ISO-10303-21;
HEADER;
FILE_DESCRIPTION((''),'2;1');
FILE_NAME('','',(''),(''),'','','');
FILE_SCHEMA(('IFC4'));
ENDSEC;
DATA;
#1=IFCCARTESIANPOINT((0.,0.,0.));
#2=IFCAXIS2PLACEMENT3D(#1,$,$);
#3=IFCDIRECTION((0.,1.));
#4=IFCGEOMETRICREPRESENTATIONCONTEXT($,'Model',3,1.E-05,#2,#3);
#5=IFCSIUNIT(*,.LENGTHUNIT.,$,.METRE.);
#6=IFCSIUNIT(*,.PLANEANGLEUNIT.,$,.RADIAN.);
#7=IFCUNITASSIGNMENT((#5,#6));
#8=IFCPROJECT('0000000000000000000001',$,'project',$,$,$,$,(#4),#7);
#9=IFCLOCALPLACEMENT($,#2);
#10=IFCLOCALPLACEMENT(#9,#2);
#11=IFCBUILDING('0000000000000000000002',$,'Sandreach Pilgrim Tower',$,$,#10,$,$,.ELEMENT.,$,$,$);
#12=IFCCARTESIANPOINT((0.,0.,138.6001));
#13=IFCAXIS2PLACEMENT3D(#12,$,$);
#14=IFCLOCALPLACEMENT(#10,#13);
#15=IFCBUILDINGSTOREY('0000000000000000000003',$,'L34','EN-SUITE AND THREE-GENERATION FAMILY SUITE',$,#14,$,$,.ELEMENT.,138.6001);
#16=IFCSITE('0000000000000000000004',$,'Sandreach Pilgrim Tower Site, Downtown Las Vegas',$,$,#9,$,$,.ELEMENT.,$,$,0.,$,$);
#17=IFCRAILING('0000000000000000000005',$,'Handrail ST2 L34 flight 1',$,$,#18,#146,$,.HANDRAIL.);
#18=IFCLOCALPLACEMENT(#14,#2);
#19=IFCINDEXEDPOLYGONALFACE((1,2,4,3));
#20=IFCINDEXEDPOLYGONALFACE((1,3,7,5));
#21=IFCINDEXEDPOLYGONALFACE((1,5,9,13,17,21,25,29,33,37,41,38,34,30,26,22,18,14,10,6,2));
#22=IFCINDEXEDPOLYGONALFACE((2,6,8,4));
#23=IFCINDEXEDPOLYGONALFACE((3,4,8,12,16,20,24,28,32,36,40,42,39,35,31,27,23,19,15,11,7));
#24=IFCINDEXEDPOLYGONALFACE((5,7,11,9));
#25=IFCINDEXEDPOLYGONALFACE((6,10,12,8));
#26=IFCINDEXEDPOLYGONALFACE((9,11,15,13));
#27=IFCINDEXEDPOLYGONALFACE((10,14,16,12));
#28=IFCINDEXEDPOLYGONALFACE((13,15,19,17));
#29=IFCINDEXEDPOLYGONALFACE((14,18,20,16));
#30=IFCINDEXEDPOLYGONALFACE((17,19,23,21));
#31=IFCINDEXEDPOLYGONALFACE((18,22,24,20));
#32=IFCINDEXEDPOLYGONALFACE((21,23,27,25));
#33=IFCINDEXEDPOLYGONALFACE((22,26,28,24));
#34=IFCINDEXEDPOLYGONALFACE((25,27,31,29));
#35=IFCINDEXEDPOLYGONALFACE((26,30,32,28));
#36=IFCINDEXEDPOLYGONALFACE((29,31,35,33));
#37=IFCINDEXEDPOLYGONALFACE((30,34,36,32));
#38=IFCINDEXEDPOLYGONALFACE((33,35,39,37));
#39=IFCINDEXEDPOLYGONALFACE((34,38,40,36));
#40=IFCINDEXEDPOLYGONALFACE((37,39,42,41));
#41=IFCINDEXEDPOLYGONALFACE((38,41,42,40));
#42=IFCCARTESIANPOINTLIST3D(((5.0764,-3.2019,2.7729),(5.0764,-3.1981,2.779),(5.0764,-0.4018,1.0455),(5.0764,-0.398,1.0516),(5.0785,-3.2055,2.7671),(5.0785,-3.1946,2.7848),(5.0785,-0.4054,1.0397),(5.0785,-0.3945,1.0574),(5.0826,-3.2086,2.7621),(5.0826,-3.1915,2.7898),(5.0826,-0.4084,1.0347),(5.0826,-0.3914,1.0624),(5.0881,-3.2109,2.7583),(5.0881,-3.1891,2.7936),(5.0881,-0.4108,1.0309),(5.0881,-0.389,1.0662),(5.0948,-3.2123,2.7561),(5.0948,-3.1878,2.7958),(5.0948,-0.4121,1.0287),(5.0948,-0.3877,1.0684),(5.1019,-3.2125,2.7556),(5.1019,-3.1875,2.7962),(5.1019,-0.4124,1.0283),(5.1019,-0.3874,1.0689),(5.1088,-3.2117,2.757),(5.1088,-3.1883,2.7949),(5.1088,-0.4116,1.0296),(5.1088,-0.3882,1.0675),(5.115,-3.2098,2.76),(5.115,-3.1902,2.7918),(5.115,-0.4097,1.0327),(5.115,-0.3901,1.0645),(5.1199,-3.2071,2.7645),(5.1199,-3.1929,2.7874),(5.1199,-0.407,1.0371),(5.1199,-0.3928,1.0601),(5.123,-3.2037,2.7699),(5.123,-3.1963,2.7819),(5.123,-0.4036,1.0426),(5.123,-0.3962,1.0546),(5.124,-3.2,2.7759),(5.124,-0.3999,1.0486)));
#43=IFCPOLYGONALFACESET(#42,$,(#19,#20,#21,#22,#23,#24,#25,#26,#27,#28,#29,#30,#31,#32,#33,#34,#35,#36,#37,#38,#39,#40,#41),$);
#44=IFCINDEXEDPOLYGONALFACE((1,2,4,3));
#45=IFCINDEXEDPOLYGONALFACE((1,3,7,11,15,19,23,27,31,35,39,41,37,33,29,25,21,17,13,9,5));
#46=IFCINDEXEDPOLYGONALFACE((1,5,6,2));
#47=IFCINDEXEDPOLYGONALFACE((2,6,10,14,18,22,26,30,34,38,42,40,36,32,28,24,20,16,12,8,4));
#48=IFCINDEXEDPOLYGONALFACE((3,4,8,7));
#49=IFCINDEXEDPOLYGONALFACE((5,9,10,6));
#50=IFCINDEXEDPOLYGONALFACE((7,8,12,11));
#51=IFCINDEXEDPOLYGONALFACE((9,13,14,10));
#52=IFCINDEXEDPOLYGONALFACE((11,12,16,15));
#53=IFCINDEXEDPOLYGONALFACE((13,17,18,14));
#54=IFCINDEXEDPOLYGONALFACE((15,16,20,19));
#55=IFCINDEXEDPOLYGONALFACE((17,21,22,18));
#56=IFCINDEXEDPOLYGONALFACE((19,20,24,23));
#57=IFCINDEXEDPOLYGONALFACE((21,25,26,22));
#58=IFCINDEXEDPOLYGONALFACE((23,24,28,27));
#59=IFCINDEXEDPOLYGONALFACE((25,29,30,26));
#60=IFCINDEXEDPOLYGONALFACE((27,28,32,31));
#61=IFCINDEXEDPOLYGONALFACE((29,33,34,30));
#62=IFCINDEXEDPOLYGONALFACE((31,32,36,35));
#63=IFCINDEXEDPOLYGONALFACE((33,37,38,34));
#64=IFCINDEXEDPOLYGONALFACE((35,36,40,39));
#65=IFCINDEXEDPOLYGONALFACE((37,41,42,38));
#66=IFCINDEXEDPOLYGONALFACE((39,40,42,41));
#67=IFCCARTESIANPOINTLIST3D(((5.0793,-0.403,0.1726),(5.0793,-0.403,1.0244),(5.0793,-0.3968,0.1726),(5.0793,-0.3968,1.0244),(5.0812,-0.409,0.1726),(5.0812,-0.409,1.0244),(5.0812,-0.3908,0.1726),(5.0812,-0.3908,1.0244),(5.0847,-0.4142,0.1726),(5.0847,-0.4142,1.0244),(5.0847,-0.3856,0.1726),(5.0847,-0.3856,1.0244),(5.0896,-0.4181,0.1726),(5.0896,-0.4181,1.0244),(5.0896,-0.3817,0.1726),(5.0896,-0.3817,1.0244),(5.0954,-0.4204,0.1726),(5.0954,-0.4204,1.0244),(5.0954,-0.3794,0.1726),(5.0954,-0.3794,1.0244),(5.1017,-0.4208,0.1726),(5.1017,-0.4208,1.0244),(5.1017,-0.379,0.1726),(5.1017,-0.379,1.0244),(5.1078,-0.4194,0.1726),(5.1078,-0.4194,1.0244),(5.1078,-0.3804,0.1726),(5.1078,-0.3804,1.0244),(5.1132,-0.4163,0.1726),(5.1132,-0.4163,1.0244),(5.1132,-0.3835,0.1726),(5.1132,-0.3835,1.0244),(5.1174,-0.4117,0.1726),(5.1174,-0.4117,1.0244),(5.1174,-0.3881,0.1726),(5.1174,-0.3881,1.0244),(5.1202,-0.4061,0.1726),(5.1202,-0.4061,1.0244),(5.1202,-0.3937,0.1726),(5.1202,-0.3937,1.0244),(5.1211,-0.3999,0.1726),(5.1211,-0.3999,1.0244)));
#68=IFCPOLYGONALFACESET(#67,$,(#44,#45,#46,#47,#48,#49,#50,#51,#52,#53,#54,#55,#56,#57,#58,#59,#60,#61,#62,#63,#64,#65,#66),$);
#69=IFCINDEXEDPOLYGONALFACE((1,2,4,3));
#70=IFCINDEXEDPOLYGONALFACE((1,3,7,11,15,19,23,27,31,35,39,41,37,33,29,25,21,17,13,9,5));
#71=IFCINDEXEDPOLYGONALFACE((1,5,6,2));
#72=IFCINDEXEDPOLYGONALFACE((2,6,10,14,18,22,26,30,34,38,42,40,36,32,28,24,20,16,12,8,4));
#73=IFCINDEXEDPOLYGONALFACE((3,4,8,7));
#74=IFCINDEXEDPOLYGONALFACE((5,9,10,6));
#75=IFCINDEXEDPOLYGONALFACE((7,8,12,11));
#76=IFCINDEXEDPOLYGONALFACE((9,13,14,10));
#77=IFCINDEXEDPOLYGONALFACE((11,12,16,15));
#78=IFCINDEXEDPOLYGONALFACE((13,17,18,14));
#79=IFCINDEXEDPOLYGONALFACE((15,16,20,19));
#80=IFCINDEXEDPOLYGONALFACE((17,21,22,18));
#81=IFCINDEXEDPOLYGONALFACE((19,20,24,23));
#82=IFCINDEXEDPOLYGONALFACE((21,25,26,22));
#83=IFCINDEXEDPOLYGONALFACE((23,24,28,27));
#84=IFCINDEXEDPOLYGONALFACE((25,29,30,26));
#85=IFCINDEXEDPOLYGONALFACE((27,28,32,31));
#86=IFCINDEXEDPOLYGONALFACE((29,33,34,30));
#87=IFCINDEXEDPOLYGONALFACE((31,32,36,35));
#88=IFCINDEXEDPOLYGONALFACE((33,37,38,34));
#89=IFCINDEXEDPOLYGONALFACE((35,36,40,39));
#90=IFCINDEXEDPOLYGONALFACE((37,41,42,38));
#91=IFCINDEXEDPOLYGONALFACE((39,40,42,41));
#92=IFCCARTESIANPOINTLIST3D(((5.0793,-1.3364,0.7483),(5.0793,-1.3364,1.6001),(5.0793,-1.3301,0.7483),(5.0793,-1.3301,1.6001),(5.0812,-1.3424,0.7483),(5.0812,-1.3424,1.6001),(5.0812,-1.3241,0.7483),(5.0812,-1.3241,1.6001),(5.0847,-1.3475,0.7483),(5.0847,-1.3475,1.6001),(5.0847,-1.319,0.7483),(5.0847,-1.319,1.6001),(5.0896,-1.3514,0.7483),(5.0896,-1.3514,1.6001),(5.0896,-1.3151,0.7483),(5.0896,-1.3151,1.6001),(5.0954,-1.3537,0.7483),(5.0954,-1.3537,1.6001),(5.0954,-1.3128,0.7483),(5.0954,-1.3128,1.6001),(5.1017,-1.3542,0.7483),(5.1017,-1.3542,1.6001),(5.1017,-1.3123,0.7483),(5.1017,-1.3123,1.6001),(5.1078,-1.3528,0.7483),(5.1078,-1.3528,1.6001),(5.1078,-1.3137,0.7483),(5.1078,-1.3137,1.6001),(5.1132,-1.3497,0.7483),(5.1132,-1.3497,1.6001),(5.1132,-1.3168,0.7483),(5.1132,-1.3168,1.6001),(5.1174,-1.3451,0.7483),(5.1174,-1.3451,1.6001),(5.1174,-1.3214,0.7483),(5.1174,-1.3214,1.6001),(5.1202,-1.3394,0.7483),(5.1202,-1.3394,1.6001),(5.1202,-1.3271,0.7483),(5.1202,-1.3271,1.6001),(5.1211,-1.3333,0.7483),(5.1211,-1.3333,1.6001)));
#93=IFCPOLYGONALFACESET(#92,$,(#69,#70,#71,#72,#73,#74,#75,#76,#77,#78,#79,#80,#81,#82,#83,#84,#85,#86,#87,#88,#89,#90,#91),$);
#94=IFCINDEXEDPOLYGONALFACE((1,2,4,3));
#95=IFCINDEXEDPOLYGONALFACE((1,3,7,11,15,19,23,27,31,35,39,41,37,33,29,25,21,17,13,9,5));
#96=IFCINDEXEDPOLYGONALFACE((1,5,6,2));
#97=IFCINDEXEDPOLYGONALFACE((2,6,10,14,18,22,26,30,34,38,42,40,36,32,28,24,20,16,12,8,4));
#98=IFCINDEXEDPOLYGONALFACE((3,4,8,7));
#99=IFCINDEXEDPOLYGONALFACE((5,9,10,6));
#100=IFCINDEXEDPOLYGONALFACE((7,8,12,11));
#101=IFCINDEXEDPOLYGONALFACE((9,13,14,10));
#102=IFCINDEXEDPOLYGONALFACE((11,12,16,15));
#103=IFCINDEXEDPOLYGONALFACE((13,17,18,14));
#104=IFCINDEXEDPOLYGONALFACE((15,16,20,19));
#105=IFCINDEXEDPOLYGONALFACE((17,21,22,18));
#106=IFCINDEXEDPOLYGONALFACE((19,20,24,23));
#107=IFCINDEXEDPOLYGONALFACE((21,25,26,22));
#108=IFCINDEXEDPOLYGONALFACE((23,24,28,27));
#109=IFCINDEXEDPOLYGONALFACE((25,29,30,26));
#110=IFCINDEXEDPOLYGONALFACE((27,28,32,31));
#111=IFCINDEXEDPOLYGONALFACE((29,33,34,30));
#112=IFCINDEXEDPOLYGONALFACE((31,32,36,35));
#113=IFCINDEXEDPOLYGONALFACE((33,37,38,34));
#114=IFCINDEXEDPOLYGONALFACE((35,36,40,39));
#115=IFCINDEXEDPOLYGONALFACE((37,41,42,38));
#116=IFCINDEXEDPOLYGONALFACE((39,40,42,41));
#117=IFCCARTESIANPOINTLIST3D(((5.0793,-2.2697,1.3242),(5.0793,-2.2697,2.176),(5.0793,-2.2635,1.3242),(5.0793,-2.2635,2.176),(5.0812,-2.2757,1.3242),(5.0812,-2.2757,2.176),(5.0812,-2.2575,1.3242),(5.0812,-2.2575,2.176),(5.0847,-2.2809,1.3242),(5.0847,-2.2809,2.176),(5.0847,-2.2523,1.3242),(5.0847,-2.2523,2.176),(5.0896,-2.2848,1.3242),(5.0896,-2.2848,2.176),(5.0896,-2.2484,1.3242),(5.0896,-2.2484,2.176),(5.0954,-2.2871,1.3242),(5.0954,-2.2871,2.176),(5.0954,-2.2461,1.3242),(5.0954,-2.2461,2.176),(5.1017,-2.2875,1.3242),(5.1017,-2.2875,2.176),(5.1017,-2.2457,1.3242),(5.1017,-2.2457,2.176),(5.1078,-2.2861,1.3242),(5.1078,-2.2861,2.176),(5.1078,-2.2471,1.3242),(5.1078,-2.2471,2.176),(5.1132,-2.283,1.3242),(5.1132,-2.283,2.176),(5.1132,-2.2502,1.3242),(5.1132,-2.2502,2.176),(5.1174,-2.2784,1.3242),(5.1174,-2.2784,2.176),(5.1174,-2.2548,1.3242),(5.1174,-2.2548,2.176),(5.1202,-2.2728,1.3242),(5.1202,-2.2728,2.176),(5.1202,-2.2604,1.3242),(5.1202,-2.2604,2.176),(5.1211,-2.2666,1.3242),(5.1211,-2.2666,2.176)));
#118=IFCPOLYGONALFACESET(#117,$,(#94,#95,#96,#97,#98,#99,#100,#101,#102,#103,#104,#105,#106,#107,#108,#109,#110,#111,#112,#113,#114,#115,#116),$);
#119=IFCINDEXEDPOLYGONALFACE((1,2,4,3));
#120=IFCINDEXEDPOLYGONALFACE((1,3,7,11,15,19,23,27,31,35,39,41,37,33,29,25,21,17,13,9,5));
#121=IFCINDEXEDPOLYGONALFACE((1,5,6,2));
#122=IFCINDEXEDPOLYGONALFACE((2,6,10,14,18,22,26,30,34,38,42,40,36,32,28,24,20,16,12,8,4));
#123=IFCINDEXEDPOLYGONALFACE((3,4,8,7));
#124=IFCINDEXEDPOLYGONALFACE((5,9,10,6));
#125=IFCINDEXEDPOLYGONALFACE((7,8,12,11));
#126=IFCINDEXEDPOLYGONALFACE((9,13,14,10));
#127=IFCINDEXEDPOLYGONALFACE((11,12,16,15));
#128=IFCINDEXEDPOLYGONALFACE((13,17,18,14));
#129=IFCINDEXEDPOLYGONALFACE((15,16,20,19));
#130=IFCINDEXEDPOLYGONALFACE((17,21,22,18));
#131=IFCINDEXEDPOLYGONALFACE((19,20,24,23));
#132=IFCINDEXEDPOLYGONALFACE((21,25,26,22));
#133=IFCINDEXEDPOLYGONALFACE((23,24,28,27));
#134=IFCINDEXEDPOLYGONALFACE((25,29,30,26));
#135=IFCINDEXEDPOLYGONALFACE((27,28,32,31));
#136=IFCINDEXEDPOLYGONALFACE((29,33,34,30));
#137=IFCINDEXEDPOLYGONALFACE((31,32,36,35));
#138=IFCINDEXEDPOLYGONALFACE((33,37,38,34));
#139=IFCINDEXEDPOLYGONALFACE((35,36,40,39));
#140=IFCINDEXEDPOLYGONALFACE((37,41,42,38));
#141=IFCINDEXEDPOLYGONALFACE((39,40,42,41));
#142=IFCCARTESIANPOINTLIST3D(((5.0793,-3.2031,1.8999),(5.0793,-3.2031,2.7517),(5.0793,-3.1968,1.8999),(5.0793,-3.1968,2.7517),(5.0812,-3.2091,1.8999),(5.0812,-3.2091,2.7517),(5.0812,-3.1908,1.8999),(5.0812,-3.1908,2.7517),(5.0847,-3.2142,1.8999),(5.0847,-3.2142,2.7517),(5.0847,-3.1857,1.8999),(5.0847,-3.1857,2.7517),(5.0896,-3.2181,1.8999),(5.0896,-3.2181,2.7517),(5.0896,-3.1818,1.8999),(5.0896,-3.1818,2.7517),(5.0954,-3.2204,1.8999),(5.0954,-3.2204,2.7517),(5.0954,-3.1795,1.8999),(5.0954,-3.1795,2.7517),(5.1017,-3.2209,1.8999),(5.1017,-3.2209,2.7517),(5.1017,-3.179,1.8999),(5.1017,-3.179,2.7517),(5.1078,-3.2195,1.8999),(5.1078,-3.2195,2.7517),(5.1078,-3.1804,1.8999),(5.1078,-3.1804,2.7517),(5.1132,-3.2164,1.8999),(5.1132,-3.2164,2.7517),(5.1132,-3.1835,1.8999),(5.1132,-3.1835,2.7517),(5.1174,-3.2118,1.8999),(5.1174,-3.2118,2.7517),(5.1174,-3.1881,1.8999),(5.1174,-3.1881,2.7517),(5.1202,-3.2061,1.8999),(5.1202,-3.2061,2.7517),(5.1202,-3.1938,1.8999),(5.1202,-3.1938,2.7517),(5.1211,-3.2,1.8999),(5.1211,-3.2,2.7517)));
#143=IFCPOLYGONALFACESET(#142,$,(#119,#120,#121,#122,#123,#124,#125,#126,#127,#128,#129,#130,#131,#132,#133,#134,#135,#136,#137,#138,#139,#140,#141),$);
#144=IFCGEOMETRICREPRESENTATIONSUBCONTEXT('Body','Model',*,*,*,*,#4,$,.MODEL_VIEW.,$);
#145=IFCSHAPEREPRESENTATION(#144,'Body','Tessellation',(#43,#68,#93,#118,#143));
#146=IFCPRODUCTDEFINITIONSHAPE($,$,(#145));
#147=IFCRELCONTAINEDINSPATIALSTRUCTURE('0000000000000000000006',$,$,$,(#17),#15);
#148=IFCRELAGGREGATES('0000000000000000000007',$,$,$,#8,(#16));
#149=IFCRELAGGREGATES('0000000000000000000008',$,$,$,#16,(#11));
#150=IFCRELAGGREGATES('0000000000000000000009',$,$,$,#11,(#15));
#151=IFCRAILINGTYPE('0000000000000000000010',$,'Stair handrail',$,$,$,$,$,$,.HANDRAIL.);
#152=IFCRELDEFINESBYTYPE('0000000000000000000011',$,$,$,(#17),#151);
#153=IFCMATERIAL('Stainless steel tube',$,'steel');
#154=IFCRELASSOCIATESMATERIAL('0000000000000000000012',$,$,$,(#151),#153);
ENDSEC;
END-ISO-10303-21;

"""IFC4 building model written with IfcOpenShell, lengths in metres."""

from ifc_helpers import new_model, si_unit, direction, frame, origin, origin_2d, place, context, subcontext, project, spatial, circle, extrude, material, type_object, element, save


model = new_model("IFC4")

# Units and contexts
model_context = context("Model", 3, precision=1e-05, world=origin(), true_north=direction((0.0, 1.0)))
body_context = subcontext(model_context, "Body", "Model", "MODEL_VIEW")
ifc_project = project(units=[si_unit("LENGTHUNIT", "METRE"), si_unit("PLANEANGLEUNIT", "RADIAN")], contexts=[model_context])

# Site, building, storey
site_placement = place(None, origin())
site = spatial("IfcSite", under=ifc_project, at=site_placement, Name="Sandreach Pilgrim Tower Site, Downtown Las Vegas", CompositionType="ELEMENT", RefElevation=0.0)
building_placement = place(site_placement, origin())
building = spatial("IfcBuilding", under=site, at=building_placement, Name="Sandreach Pilgrim Tower", CompositionType="ELEMENT")
storey_placement = place(building_placement, frame((0.0, 0.0, 138.6001)))
storey = spatial("IfcBuildingStorey", under=building, at=storey_placement, Name="L34", Description="EN-SUITE AND THREE-GENERATION FAMILY SUITE", CompositionType="ELEMENT", Elevation=138.6001)

# Railing
ifc_material_1 = material(Name="Stainless steel tube", Category="steel")
railing_type = type_object("IfcRailingType", Name="Stair handrail", PredefinedType="HANDRAIL", material=ifc_material_1)
for number, where, name in (
    (1, (5.1001, -0.3999, 0.1726), "Handrail ST2 L34 flight 1"),
):
    element("IfcRailing", number, at=place(storey_placement, frame(where)), inside=storey, type_object=railing_type, Name=name, PredefinedType="HANDRAIL", context=body_context, shape_type="SweptSolid", body=[
        extrude(circle(Radius=0.0239, at=origin_2d()), frame((0.0, 0.0, 0.876), z_axis=(0.0, -0.85109, 0.52502), x_axis=(1.0, 0.0, 0.0)), (0.0, 0.0, 1.0), 3.29),
        extrude(circle(Radius=0.021, at=origin_2d()), origin(), (0.0, 0.0, 1.0), 0.8518),
        extrude(circle(Radius=0.021, at=origin_2d()), frame((0.0, -0.9333, 0.5757)), (0.0, 0.0, 1.0), 0.8518),
        extrude(circle(Radius=0.021, at=origin_2d()), frame((0.0, -1.8667, 1.1516)), (0.0, 0.0, 1.0), 0.8518),
        extrude(circle(Radius=0.021, at=origin_2d()), frame((0.0, -2.8, 1.7273)), (0.0, 0.0, 1.0), 0.8518),
    ])

save(model, "model.ifc")
